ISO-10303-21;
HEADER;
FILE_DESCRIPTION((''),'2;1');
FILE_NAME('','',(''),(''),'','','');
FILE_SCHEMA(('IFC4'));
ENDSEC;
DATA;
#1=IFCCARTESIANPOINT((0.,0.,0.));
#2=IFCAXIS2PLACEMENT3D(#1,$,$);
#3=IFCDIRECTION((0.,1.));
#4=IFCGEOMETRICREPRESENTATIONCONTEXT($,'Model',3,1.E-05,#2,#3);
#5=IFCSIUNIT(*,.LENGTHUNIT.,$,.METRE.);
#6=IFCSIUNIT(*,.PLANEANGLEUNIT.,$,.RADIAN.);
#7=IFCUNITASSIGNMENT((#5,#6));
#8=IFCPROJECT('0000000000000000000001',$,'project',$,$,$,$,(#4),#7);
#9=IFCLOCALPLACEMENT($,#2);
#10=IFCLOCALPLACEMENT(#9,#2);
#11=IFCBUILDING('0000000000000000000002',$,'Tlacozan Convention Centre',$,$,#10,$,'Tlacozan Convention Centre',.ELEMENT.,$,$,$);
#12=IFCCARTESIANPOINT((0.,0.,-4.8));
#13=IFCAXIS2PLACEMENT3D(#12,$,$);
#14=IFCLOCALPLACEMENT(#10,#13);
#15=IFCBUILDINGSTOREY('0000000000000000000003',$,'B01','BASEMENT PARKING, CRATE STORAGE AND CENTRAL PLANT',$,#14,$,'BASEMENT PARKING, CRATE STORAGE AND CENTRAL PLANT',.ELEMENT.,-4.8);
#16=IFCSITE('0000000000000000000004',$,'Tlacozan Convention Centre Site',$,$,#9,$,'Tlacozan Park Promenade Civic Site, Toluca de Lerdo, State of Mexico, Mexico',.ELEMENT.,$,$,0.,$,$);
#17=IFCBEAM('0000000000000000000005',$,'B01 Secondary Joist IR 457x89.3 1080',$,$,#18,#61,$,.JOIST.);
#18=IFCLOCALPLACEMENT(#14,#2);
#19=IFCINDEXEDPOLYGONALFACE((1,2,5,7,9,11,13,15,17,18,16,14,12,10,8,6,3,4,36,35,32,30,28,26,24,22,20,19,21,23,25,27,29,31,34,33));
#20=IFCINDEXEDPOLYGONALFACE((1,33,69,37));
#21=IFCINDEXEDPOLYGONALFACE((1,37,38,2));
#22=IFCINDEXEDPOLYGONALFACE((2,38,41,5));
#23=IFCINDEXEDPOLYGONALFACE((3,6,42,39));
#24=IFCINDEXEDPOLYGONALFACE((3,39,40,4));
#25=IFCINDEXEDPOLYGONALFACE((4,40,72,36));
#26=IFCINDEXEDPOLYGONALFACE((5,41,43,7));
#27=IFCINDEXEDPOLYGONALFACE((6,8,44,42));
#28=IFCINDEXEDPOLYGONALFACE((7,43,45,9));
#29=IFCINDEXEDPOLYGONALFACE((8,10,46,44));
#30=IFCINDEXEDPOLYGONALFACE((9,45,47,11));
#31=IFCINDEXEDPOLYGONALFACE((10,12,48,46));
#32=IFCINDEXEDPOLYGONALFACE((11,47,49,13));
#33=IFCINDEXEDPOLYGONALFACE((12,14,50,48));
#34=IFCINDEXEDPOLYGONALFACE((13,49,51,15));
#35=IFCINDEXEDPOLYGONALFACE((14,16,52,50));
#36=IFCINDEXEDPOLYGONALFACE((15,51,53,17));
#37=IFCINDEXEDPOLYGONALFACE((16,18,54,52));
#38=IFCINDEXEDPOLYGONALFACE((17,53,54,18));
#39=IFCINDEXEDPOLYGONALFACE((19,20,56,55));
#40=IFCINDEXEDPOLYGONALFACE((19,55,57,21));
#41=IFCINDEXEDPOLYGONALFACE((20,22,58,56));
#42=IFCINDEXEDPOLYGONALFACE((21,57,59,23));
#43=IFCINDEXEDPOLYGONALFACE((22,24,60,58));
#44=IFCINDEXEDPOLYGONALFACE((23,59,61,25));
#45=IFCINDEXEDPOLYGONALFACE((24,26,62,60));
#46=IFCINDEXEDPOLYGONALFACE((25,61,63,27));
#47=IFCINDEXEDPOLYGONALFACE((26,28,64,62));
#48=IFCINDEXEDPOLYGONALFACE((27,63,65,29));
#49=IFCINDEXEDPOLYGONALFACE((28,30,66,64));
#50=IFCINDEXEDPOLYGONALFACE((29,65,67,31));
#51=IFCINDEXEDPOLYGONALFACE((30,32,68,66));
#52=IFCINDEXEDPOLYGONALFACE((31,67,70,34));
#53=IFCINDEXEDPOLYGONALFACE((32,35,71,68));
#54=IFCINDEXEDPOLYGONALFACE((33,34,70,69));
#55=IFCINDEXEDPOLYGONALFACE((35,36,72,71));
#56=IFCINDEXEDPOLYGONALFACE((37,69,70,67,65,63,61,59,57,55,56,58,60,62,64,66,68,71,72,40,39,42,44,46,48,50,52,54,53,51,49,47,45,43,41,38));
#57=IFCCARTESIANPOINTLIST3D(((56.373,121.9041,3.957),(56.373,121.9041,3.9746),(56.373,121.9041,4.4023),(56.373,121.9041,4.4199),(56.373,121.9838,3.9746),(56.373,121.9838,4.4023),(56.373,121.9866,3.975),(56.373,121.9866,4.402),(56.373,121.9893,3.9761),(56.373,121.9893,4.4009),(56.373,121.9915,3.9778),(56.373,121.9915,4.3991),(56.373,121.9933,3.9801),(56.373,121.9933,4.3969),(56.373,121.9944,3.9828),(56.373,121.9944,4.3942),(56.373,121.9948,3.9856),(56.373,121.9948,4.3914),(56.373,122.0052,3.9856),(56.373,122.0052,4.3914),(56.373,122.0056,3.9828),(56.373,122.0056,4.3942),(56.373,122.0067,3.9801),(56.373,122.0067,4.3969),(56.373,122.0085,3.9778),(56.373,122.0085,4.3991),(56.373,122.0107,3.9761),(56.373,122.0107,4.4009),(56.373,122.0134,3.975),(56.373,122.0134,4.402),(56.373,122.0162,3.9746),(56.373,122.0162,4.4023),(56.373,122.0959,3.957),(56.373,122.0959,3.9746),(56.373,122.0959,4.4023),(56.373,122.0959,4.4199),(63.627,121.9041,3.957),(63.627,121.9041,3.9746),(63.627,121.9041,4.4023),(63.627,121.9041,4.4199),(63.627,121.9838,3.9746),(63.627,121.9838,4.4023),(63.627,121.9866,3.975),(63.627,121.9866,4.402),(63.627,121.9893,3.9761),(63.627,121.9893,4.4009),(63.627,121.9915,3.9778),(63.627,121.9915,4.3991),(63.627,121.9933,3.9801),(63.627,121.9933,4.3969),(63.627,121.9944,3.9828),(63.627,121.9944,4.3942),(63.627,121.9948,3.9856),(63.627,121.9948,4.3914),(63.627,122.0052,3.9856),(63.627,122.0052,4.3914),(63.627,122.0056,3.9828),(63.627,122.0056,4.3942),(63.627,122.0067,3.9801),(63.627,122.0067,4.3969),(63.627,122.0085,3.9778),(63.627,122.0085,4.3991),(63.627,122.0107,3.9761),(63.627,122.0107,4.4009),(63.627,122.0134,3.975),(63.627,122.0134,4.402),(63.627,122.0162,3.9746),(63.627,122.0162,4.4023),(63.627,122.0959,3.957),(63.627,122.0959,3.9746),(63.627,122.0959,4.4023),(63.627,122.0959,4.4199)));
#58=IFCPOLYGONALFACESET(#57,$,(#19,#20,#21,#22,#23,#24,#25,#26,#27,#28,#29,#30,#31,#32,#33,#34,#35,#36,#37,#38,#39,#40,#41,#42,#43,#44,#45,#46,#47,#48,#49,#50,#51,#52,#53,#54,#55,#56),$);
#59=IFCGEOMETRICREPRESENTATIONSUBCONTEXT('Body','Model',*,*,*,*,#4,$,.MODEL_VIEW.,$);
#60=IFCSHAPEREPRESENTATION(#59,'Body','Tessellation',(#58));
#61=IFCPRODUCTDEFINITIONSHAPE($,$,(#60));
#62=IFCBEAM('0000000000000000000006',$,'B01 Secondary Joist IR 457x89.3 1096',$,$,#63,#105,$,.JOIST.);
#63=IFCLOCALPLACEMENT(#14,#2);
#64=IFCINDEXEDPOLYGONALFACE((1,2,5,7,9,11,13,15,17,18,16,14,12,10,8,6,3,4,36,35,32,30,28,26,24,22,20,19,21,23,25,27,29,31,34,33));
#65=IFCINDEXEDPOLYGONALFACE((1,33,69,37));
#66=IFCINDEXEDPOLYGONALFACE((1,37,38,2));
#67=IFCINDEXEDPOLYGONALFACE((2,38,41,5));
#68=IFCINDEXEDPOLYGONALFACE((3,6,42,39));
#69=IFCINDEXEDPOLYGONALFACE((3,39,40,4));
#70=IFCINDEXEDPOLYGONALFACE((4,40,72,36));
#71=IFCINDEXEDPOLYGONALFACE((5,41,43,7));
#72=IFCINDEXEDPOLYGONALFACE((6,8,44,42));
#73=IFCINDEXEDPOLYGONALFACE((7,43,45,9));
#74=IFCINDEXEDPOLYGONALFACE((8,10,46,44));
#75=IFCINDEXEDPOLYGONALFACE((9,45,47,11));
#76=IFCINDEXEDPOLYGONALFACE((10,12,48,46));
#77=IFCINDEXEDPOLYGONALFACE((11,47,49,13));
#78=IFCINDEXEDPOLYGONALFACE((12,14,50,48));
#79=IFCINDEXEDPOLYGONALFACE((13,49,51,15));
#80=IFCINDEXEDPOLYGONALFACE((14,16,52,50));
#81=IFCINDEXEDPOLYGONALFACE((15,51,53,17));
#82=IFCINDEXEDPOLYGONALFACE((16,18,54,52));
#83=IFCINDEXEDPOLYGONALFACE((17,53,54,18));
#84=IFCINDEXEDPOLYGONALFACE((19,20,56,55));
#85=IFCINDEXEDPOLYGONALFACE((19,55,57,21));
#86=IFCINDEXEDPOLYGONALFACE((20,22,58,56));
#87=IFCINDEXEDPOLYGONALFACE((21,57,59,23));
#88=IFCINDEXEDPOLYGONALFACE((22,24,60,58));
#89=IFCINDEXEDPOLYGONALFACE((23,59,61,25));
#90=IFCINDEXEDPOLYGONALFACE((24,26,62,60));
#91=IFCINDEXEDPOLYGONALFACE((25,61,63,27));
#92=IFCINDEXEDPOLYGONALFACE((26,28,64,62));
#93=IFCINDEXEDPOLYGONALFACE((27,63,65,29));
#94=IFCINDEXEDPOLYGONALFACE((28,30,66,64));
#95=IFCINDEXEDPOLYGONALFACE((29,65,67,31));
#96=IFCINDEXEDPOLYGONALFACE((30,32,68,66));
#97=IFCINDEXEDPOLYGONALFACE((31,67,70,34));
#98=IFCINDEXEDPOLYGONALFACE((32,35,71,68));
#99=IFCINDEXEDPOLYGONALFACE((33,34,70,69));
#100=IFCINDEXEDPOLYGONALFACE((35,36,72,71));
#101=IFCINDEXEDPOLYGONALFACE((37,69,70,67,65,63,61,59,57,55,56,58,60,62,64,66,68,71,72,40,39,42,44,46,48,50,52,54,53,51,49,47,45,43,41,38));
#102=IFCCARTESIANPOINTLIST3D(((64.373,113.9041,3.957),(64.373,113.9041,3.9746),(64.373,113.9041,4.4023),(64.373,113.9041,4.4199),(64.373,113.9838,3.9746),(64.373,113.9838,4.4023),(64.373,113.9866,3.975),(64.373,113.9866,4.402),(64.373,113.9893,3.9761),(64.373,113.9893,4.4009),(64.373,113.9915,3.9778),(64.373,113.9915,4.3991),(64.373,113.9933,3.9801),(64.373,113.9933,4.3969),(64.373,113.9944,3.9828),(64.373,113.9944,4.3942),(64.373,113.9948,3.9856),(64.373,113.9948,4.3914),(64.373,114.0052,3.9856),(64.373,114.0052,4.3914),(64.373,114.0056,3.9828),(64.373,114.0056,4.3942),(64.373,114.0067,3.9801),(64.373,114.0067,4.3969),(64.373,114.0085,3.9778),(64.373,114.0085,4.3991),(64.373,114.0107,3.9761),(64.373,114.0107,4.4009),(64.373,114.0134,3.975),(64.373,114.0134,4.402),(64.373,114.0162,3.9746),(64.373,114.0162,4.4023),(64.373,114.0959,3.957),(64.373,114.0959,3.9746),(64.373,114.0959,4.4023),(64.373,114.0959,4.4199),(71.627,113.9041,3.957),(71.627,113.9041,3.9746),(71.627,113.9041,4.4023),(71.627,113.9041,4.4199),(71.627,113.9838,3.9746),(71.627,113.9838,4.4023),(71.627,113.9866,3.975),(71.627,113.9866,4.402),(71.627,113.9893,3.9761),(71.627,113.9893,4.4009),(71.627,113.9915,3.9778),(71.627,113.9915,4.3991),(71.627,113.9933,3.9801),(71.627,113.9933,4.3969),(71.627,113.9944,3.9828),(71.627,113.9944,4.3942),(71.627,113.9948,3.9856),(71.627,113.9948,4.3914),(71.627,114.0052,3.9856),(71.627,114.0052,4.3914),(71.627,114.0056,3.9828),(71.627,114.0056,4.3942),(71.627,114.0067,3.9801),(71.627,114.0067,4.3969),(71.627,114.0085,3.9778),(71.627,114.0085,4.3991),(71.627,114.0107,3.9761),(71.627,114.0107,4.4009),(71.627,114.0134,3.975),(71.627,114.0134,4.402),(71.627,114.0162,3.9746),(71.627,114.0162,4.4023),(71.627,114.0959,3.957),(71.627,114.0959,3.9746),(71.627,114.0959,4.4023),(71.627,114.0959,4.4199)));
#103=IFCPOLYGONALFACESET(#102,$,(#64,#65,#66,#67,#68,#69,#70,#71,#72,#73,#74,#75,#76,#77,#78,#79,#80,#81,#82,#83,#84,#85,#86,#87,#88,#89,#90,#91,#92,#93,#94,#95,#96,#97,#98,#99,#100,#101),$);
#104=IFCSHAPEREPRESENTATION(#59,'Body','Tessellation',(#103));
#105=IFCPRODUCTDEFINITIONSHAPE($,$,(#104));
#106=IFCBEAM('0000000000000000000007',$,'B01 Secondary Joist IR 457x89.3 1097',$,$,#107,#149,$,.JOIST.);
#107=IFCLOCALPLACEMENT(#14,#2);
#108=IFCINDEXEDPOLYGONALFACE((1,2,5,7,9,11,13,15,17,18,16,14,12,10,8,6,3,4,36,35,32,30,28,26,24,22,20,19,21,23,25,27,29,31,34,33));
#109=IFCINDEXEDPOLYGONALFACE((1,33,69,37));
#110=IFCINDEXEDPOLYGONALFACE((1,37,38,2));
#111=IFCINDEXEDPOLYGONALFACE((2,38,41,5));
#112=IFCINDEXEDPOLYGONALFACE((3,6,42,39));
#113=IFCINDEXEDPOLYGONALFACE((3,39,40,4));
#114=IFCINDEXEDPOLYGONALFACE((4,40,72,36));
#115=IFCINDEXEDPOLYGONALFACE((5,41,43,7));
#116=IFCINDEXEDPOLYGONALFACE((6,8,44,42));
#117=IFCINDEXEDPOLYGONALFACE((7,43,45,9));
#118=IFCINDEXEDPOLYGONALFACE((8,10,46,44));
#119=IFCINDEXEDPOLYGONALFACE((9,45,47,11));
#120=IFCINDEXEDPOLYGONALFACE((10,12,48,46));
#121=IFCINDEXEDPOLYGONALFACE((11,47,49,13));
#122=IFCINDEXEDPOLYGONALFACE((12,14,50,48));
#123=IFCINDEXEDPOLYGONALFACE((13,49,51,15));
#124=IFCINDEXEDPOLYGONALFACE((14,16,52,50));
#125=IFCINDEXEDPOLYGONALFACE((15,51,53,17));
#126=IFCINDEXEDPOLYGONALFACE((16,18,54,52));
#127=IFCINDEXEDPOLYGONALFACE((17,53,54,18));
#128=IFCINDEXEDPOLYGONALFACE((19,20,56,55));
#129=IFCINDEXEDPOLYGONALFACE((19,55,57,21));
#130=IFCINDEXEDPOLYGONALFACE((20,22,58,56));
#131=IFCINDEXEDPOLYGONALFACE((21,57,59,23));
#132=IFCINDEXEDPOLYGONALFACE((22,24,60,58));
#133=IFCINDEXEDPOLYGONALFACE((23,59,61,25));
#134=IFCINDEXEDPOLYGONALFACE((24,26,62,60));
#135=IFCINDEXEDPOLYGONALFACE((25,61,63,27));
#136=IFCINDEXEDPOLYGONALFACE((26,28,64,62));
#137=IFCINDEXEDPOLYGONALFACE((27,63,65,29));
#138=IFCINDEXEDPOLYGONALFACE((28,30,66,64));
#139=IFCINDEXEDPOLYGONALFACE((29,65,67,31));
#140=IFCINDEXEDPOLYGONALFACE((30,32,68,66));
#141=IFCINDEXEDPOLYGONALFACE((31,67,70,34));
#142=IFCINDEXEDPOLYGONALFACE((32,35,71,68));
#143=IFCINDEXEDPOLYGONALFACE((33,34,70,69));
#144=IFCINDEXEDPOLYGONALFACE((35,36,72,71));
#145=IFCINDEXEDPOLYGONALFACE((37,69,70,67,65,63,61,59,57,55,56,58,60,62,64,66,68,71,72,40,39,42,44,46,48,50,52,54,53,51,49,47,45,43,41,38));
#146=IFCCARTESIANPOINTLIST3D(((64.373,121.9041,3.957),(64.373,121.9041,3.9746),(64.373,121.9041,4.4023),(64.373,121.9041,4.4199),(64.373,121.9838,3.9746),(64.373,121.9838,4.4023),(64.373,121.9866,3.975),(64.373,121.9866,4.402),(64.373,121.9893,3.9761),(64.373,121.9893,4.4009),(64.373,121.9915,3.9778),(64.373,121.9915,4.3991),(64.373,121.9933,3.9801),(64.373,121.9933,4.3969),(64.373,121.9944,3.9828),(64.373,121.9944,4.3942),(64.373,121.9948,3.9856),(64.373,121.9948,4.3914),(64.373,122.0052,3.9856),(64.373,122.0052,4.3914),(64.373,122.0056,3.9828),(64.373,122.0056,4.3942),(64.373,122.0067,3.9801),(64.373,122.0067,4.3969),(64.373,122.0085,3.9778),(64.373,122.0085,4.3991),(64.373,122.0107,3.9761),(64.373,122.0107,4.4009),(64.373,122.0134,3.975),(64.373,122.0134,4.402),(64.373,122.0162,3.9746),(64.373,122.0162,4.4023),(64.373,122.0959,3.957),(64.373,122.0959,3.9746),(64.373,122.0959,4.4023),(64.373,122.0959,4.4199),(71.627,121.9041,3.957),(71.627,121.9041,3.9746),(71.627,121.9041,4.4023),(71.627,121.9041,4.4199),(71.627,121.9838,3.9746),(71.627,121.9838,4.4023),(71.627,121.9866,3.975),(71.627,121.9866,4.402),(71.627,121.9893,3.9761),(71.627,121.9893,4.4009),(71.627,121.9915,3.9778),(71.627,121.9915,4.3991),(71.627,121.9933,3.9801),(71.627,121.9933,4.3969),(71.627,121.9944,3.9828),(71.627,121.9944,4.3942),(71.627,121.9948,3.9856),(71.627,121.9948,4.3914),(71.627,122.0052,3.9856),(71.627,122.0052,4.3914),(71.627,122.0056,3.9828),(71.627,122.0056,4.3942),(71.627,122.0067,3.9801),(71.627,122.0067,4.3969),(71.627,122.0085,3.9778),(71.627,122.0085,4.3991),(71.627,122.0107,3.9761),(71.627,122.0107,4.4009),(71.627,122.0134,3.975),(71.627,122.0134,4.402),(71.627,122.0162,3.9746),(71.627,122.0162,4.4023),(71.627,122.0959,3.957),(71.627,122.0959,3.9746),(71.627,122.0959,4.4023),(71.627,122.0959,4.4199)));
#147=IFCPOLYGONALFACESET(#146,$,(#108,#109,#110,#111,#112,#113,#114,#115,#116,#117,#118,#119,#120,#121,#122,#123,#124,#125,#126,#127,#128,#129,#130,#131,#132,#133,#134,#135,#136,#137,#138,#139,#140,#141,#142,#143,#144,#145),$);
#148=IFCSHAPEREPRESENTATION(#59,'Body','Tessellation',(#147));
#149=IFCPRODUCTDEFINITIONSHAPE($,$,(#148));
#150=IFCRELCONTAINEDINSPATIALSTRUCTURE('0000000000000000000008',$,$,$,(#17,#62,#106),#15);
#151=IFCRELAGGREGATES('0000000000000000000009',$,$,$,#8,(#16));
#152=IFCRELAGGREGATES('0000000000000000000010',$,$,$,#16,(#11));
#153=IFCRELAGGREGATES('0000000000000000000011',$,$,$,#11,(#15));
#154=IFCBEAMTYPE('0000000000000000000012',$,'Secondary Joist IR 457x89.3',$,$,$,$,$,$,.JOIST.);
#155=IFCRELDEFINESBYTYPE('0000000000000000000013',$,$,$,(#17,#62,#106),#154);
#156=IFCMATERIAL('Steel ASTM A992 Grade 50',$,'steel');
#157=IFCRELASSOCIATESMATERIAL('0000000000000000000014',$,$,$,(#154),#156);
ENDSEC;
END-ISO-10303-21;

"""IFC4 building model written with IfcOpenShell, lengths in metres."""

from ifc_helpers import new_model, si_unit, direction, frame, origin, origin_2d, place, context, subcontext, project, spatial, i_section, extrude, material, material_profile, profile_set, type_object, element, save


model = new_model("IFC4")

# Units and contexts
model_context = context("Model", 3, precision=1e-05, world=origin(), true_north=direction((0.0, 1.0)))
body_context = subcontext(model_context, "Body", "Model", "MODEL_VIEW")
ifc_project = project(units=[si_unit("LENGTHUNIT", "METRE"), si_unit("PLANEANGLEUNIT", "RADIAN")], contexts=[model_context])

# Site, building, storey
site_placement = place(None, origin())
site = spatial("IfcSite", under=ifc_project, at=site_placement, Name="Tlacozan Convention Centre Site", LongName="Tlacozan Park Promenade Civic Site, Toluca de Lerdo, State of Mexico, Mexico", CompositionType="ELEMENT", RefElevation=0.0)
building_placement = place(site_placement, origin())
building = spatial("IfcBuilding", under=site, at=building_placement, Name="Tlacozan Convention Centre", LongName="Tlacozan Convention Centre", CompositionType="ELEMENT")
storey_placement = place(building_placement, frame((0.0, 0.0, -4.8)))
storey = spatial("IfcBuildingStorey", under=building, at=storey_placement, Name="B01", Description="BASEMENT PARKING, CRATE STORAGE AND CENTRAL PLANT", LongName="BASEMENT PARKING, CRATE STORAGE AND CENTRAL PLANT", CompositionType="ELEMENT", Elevation=-4.8)

# Beams
ifc_material_1 = material(Name="Steel ASTM A992 Grade 50", Category="steel")
ifc_material_profile_1 = material_profile(ifc_material_1, i_section(OverallWidth=0.1919, OverallDepth=0.4629, WebThickness=0.0105, FlangeThickness=0.0176, FilletRadius=0.011, at=origin_2d()), Name="IR 457x89.3")
ifc_profile_set_1 = profile_set([ifc_material_profile_1], Name="Steel ASTM A992 Grade 50")
beam_type_1 = type_object("IfcBeamType", Name="Secondary Joist IR 457x89.3", PredefinedType="JOIST", material=ifc_profile_set_1)
for number, where, z_axis, x_axis, name in (
    (1, (56.373, 122.0, 4.1885), (1.0, 0.0, 0.0), (0.0, 1.0, 0.0), "B01 Secondary Joist IR 457x89.3 1080"),
    (2, (64.373, 114.0, 4.1885), (1.0, 0.0, 0.0), (0.0, 1.0, 0.0), "B01 Secondary Joist IR 457x89.3 1096"),
    (3, (64.373, 122.0, 4.1885), (1.0, 0.0, 0.0), (0.0, 1.0, 0.0), "B01 Secondary Joist IR 457x89.3 1097"),
):
    element("IfcBeam", number, at=place(storey_placement, frame(where, z_axis=z_axis, x_axis=x_axis)), inside=storey, type_object=beam_type_1, Name=name, PredefinedType="JOIST", context=body_context, shape_type="SweptSolid", body=[
        extrude(i_section(OverallWidth=0.1919, OverallDepth=0.4629, WebThickness=0.0105, FlangeThickness=0.0176, FilletRadius=0.011, at=origin_2d()), origin(), (0.0, 0.0, 1.0), 7.2539),
    ])

save(model, "model.ifc")
